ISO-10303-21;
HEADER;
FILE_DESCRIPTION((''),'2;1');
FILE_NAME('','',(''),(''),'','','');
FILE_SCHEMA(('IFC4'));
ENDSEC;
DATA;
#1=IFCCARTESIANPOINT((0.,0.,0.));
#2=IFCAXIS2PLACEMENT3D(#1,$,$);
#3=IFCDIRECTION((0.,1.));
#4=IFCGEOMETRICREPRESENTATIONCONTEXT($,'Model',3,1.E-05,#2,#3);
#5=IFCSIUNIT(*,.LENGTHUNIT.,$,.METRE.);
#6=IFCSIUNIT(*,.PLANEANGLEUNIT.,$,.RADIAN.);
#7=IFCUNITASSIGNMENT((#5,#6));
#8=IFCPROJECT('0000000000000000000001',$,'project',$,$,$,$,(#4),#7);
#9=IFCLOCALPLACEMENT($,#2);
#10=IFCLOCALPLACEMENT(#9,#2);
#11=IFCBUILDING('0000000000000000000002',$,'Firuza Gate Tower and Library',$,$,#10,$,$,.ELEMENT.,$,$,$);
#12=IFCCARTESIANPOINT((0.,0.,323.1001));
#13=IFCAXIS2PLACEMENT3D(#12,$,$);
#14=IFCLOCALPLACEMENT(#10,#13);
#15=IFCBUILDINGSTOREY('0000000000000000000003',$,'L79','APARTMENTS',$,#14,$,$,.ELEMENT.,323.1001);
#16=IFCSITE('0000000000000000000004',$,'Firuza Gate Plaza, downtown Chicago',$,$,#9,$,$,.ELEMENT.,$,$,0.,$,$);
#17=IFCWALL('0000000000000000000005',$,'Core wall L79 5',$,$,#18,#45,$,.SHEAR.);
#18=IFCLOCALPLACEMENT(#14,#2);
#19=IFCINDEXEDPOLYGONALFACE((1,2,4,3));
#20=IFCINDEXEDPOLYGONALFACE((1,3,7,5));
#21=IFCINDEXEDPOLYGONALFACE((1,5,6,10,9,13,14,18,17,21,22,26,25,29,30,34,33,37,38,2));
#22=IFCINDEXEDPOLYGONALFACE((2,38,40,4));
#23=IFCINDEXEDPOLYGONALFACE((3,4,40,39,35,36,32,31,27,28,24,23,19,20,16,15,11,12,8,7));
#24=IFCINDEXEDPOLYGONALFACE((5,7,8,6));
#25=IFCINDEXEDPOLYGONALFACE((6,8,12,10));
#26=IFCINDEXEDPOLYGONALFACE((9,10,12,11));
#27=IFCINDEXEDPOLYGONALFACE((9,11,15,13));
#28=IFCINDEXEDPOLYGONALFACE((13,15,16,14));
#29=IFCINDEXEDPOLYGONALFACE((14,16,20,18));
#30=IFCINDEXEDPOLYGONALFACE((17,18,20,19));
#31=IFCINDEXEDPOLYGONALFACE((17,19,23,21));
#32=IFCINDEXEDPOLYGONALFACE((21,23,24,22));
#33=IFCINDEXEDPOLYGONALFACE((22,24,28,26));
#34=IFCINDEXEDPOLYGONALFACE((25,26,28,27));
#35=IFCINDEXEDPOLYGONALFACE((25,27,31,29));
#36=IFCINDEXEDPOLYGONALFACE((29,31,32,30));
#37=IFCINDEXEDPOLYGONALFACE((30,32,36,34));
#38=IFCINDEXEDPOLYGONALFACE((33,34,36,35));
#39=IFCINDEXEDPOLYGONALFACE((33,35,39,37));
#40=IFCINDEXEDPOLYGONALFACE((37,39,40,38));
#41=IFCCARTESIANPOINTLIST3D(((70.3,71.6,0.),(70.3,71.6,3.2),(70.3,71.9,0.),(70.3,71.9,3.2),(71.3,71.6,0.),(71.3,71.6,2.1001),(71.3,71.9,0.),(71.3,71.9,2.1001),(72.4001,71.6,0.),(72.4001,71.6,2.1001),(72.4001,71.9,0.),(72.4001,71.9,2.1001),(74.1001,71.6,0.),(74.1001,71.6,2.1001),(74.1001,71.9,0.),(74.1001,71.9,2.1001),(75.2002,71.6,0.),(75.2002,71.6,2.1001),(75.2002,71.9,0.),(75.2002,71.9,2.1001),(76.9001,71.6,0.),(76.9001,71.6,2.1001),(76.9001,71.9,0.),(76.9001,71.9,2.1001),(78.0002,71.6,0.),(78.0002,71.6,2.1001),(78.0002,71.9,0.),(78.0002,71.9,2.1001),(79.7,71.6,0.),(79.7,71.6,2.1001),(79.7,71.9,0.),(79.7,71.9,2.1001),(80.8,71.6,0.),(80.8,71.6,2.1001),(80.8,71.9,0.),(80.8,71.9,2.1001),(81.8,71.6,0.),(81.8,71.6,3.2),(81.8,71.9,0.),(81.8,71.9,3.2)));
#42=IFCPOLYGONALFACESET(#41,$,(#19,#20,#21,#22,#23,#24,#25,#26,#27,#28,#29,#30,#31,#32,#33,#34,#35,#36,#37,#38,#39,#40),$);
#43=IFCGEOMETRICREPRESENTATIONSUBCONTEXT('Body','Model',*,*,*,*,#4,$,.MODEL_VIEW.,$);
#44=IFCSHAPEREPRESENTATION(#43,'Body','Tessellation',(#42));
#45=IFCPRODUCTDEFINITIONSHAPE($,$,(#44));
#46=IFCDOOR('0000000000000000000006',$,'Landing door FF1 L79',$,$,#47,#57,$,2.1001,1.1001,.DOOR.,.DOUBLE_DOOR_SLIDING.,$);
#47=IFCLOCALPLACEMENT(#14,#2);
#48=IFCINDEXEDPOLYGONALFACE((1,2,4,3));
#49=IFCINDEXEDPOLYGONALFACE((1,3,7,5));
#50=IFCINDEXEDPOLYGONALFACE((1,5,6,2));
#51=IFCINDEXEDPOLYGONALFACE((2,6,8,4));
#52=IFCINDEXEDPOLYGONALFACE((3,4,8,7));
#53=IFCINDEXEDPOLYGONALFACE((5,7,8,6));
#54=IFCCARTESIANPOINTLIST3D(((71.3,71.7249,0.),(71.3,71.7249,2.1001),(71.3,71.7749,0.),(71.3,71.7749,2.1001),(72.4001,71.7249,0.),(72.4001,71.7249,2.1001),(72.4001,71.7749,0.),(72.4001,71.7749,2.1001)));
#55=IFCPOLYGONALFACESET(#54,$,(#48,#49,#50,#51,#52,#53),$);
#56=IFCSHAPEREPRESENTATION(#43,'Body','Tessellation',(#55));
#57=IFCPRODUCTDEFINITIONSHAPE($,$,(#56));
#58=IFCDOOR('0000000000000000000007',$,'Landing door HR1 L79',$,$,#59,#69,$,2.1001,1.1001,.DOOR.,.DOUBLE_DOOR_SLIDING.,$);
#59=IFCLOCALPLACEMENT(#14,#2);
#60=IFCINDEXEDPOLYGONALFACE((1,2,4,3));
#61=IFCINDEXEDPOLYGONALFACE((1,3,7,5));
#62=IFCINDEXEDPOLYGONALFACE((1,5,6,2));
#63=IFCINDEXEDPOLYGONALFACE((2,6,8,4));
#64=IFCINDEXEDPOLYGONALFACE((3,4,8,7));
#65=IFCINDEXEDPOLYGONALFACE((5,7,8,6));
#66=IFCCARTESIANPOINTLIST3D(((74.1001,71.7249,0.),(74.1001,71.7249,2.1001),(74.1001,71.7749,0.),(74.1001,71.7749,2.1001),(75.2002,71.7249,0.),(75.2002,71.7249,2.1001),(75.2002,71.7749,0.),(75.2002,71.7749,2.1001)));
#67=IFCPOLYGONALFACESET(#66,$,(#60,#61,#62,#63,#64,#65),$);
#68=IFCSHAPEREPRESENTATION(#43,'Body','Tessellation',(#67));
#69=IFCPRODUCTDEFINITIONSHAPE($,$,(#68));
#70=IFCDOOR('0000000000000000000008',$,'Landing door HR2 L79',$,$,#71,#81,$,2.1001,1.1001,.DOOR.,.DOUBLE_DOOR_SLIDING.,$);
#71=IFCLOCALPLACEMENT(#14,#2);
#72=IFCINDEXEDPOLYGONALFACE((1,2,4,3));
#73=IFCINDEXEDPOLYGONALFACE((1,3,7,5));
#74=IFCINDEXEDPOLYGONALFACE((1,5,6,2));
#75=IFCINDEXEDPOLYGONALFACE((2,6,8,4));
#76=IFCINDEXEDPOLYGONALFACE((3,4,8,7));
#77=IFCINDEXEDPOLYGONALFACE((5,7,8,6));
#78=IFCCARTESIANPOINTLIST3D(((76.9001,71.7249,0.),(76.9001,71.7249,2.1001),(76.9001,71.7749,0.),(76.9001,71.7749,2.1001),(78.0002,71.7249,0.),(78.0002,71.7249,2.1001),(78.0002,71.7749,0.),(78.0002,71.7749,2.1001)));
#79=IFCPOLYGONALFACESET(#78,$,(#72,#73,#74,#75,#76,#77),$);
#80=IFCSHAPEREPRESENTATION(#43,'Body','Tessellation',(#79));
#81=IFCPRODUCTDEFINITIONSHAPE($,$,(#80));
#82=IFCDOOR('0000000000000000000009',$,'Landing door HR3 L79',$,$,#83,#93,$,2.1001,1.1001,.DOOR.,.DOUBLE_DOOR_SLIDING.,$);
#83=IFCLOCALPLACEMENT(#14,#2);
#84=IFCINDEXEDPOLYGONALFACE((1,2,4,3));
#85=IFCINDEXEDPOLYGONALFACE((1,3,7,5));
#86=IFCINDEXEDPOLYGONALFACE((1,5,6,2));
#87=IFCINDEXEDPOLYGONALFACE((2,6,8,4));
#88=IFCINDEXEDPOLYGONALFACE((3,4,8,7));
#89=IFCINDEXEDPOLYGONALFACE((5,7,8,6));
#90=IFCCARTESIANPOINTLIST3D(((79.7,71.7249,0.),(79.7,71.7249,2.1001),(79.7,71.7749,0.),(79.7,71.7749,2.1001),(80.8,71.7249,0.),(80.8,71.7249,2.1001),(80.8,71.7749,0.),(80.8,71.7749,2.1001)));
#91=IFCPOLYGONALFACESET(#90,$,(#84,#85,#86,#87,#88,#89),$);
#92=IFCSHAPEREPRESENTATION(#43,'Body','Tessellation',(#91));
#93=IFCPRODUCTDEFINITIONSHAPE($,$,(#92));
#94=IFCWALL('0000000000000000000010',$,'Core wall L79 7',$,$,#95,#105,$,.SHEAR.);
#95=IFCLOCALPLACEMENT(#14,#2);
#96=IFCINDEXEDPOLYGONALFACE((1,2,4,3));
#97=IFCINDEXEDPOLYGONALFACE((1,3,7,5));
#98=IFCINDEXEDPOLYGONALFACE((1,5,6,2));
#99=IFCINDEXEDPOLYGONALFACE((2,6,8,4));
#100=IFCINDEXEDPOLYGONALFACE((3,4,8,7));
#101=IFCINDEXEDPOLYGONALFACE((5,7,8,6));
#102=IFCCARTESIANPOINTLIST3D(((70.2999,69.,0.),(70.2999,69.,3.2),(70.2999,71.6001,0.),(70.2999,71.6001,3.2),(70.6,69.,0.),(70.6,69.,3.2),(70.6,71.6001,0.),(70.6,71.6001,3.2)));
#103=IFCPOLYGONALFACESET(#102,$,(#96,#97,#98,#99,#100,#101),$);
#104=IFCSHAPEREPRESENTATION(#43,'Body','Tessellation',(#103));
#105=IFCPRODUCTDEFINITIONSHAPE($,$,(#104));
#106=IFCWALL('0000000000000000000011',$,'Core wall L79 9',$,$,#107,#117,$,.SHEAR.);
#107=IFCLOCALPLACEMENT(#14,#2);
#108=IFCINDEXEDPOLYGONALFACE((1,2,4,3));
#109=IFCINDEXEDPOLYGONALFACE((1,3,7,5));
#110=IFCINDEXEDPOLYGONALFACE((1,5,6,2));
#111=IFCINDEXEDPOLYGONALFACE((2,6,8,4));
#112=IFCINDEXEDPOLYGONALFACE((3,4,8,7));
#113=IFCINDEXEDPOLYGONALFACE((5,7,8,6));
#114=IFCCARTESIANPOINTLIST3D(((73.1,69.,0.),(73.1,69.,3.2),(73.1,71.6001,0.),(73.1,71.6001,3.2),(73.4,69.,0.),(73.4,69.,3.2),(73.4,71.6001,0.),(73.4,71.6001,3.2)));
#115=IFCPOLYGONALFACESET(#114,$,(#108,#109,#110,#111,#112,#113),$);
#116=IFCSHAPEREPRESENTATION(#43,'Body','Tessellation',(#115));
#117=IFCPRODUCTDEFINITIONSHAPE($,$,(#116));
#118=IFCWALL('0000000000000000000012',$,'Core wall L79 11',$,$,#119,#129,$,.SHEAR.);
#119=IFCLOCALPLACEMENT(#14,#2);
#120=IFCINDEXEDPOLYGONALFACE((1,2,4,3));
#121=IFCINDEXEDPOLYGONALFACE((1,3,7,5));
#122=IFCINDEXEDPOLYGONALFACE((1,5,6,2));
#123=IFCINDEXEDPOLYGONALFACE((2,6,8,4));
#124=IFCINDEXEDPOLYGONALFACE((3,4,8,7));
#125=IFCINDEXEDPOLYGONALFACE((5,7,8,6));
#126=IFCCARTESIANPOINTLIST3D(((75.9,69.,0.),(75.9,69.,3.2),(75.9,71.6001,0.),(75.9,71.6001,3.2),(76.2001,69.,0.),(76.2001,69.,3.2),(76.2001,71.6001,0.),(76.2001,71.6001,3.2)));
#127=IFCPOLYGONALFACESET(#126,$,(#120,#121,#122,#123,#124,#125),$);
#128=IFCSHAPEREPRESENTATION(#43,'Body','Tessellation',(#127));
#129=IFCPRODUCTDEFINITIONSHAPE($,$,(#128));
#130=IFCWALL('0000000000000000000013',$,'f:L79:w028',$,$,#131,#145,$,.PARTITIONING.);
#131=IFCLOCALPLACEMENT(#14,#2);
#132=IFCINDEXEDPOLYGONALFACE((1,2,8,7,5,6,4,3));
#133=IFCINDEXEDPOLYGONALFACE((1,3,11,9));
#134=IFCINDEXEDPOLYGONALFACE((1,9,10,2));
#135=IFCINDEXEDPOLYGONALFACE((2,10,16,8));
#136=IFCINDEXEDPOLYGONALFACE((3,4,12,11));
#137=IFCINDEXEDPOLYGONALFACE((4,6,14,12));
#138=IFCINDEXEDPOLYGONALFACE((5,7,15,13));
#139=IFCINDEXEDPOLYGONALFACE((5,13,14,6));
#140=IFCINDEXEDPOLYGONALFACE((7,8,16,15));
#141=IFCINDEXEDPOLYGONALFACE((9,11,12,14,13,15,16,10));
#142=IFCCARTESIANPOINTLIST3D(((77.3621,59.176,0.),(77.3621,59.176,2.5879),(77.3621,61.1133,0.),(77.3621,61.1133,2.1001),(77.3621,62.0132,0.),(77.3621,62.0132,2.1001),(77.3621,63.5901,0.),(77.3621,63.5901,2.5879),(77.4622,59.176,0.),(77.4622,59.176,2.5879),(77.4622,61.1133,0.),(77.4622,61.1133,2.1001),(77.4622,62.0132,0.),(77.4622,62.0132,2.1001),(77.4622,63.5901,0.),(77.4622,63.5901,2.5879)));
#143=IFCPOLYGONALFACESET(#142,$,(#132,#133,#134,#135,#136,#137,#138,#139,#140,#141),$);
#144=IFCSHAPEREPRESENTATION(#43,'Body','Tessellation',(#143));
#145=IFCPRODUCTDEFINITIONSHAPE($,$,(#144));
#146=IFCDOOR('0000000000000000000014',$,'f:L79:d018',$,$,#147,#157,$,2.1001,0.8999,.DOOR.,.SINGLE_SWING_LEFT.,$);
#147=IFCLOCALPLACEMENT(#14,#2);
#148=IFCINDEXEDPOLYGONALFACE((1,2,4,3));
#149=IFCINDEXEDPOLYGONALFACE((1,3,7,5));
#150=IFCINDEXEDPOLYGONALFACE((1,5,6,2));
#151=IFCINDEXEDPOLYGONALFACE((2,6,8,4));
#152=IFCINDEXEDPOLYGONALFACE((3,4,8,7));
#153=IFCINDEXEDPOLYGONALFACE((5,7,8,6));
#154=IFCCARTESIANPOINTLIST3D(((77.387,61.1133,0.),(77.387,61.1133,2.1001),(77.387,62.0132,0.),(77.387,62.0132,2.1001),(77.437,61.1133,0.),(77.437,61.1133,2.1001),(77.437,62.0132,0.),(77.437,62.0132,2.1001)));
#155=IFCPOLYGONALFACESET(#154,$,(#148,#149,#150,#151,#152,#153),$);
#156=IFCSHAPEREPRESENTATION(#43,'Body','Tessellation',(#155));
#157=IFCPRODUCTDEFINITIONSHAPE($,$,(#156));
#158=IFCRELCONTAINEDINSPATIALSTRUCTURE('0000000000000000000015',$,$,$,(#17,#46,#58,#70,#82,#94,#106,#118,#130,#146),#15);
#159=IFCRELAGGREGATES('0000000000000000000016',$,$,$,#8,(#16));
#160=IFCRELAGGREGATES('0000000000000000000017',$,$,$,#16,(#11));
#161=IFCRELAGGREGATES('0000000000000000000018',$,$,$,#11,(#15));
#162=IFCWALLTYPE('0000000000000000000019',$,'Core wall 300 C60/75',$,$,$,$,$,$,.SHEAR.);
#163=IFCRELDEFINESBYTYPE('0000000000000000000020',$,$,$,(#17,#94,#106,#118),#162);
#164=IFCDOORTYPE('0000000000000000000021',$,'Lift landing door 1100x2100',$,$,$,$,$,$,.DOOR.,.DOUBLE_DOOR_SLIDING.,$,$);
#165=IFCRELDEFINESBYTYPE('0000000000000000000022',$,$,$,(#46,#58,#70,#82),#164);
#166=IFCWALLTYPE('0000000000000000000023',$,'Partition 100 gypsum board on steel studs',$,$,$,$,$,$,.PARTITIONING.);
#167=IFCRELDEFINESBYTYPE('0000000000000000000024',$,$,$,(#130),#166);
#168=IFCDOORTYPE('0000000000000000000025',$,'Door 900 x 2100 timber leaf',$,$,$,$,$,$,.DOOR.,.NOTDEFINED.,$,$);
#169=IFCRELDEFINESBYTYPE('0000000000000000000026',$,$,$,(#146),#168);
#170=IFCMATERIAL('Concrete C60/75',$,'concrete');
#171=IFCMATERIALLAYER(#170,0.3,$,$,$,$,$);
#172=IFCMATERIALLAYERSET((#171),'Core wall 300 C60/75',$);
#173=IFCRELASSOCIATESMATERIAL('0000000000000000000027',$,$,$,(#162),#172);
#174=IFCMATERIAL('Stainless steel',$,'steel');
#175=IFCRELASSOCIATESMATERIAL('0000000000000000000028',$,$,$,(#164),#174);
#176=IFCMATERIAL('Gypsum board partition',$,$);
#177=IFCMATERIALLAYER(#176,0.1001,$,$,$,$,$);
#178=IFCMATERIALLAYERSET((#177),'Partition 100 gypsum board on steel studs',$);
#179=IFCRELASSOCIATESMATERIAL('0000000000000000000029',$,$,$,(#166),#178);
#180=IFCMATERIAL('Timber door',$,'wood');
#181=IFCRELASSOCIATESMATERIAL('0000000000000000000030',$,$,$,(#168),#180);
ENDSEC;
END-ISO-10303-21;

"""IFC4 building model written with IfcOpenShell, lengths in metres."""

from ifc_helpers import new_model, si_unit, direction, frame, frame_2d, origin, place, context, subcontext, project, spatial, rectangle, extrude, material, layer, layer_set, type_object, element, fill, save


model = new_model("IFC4")

# Units and contexts
model_context = context("Model", 3, precision=1e-05, world=origin(), true_north=direction((0.0, 1.0)))
body_context = subcontext(model_context, "Body", "Model", "MODEL_VIEW")
ifc_project = project(units=[si_unit("LENGTHUNIT", "METRE"), si_unit("PLANEANGLEUNIT", "RADIAN")], contexts=[model_context])

# Site, building, storey
site_placement = place(None, origin())
site = spatial("IfcSite", under=ifc_project, at=site_placement, Name="Firuza Gate Plaza, downtown Chicago", CompositionType="ELEMENT", RefElevation=0.0)
building_placement = place(site_placement, origin())
building = spatial("IfcBuilding", under=site, at=building_placement, Name="Firuza Gate Tower and Library", CompositionType="ELEMENT")
storey_placement = place(building_placement, frame((0.0, 0.0, 323.1001)))
storey = spatial("IfcBuildingStorey", under=building, at=storey_placement, Name="L79", Description="APARTMENTS", CompositionType="ELEMENT", Elevation=323.1001)

# Wall, openings, doors
ifc_material_1 = material(Name="Concrete C60/75", Category="concrete")
ifc_layer_1 = layer(ifc_material_1, 0.3)
ifc_layer_set_1 = layer_set([ifc_layer_1], Name="Core wall 300 C60/75")
wall_type_1 = type_object("IfcWallType", Name="Core wall 300 C60/75", PredefinedType="SHEAR", material=ifc_layer_set_1)
wall_1_placement = place(storey_placement, frame((70.3, 71.75, 0.0), z_axis=(0.0, 0.0, 1.0), x_axis=(1.0, 0.0, 0.0)))
wall_1 = element("IfcWall", 1, at=wall_1_placement, inside=storey, type_object=wall_type_1, Name="Core wall L79 5", PredefinedType="SHEAR", context=body_context, shape_type="SweptSolid", body=[
    extrude(rectangle(XDim=11.5, YDim=0.3, at=frame_2d((5.75, 0.0))), origin(), (0.0, 0.0, 1.0), 3.2),
])
opening_1_placement = place(wall_1_placement, frame((1.0, 0.0, 0.0)))
opening_1 = element("IfcOpeningElement", 2, at=opening_1_placement, cuts=wall_1, PredefinedType="OPENING", context=body_context, shape_type="SweptSolid", body=[
    extrude(rectangle(XDim=1.1001, YDim=2.1001, at=frame_2d((0.55, 1.05))), frame((0.0, 0.1602, 0.0), z_axis=(0.0, -1.0, 0.0), x_axis=(1.0, 0.0, 0.0)), (0.0, 0.0, 1.0), 0.3201),
])
opening_2_placement = place(wall_1_placement, frame((3.8, 0.0, 0.0)))
opening_2 = element("IfcOpeningElement", 3, at=opening_2_placement, cuts=wall_1, PredefinedType="OPENING", context=body_context, shape_type="SweptSolid", body=[
    extrude(rectangle(XDim=1.1001, YDim=2.1001, at=frame_2d((0.55, 1.05))), frame((0.0, 0.1602, 0.0), z_axis=(0.0, -1.0, 0.0), x_axis=(1.0, 0.0, 0.0)), (0.0, 0.0, 1.0), 0.3201),
])
opening_3_placement = place(wall_1_placement, frame((6.6001, 0.0, 0.0)))
opening_3 = element("IfcOpeningElement", 4, at=opening_3_placement, cuts=wall_1, PredefinedType="OPENING", context=body_context, shape_type="SweptSolid", body=[
    extrude(rectangle(XDim=1.1001, YDim=2.1001, at=frame_2d((0.55, 1.05))), frame((0.0, 0.1602, 0.0), z_axis=(0.0, -1.0, 0.0), x_axis=(1.0, 0.0, 0.0)), (0.0, 0.0, 1.0), 0.3201),
])
opening_4_placement = place(wall_1_placement, frame((9.3999, 0.0, 0.0)))
opening_4 = element("IfcOpeningElement", 5, at=opening_4_placement, cuts=wall_1, PredefinedType="OPENING", context=body_context, shape_type="SweptSolid", body=[
    extrude(rectangle(XDim=1.1001, YDim=2.1001, at=frame_2d((0.55, 1.05))), frame((0.0, 0.1602, 0.0), z_axis=(0.0, -1.0, 0.0), x_axis=(1.0, 0.0, 0.0)), (0.0, 0.0, 1.0), 0.3201),
])
ifc_material_2 = material(Name="Stainless steel", Category="steel")
door_type_1 = type_object("IfcDoorType", Name="Lift landing door 1100x2100", OperationType="DOUBLE_DOOR_SLIDING", PredefinedType="DOOR", material=ifc_material_2)
door_1_placement = place(opening_1_placement, origin())
door_1 = element("IfcDoor", 6, at=door_1_placement, inside=storey, type_object=door_type_1, Name="Landing door FF1 L79", OperationType="DOUBLE_DOOR_SLIDING", OverallHeight=2.1001, OverallWidth=1.1001, PredefinedType="DOOR", context=body_context, shape_type="SweptSolid", body=[
    extrude(rectangle(XDim=1.1001, YDim=2.1001, at=frame_2d((0.55, 1.05))), frame((0.0, 0.0249, 0.0), z_axis=(0.0, -1.0, 0.0), x_axis=(1.0, 0.0, 0.0)), (0.0, 0.0, 1.0), 0.05),
])
fill(opening_1, door_1)
door_2_placement = place(opening_2_placement, origin())
door_2 = element("IfcDoor", 7, at=door_2_placement, inside=storey, type_object=door_type_1, Name="Landing door HR1 L79", OperationType="DOUBLE_DOOR_SLIDING", OverallHeight=2.1001, OverallWidth=1.1001, PredefinedType="DOOR", context=body_context, shape_type="SweptSolid", body=[
    extrude(rectangle(XDim=1.1001, YDim=2.1001, at=frame_2d((0.55, 1.05))), frame((0.0, 0.0249, 0.0), z_axis=(0.0, -1.0, 0.0), x_axis=(1.0, 0.0, 0.0)), (0.0, 0.0, 1.0), 0.05),
])
fill(opening_2, door_2)
door_3_placement = place(opening_3_placement, origin())
door_3 = element("IfcDoor", 8, at=door_3_placement, inside=storey, type_object=door_type_1, Name="Landing door HR2 L79", OperationType="DOUBLE_DOOR_SLIDING", OverallHeight=2.1001, OverallWidth=1.1001, PredefinedType="DOOR", context=body_context, shape_type="SweptSolid", body=[
    extrude(rectangle(XDim=1.1001, YDim=2.1001, at=frame_2d((0.55, 1.05))), frame((0.0, 0.0249, 0.0), z_axis=(0.0, -1.0, 0.0), x_axis=(1.0, 0.0, 0.0)), (0.0, 0.0, 1.0), 0.05),
])
fill(opening_3, door_3)
door_4_placement = place(opening_4_placement, origin())
door_4 = element("IfcDoor", 9, at=door_4_placement, inside=storey, type_object=door_type_1, Name="Landing door HR3 L79", OperationType="DOUBLE_DOOR_SLIDING", OverallHeight=2.1001, OverallWidth=1.1001, PredefinedType="DOOR", context=body_context, shape_type="SweptSolid", body=[
    extrude(rectangle(XDim=1.1001, YDim=2.1001, at=frame_2d((0.55, 1.05))), frame((0.0, 0.0249, 0.0), z_axis=(0.0, -1.0, 0.0), x_axis=(1.0, 0.0, 0.0)), (0.0, 0.0, 1.0), 0.05),
])
fill(opening_4, door_4)

# Walls
for number, where, z_axis, x_axis, name in (
    (10, (70.45, 69.0, 0.0), (0.0, 0.0, 1.0), (0.0, 1.0, 0.0), "Core wall L79 7"),
    (11, (73.25, 69.0, 0.0), (0.0, 0.0, 1.0), (0.0, 1.0, 0.0), "Core wall L79 9"),
    (12, (76.05, 69.0, 0.0), (0.0, 0.0, 1.0), (0.0, 1.0, 0.0), "Core wall L79 11"),
):
    element("IfcWall", number, at=place(storey_placement, frame(where, z_axis=z_axis, x_axis=x_axis)), inside=storey, type_object=wall_type_1, Name=name, PredefinedType="SHEAR", context=body_context, shape_type="SweptSolid", body=[
        extrude(rectangle(XDim=2.6001, YDim=0.3, at=frame_2d((1.3, 0.0))), origin(), (0.0, 0.0, 1.0), 3.2),
    ])

# Wall, opening, door
ifc_material_3 = material(Name="Gypsum board partition")
ifc_layer_2 = layer(ifc_material_3, 0.1001)
ifc_layer_set_2 = layer_set([ifc_layer_2], Name="Partition 100 gypsum board on steel studs")
wall_type_2 = type_object("IfcWallType", Name="Partition 100 gypsum board on steel studs", PredefinedType="PARTITIONING", material=ifc_layer_set_2)
wall_2_placement = place(storey_placement, frame((77.4121, 63.5901, 0.0), z_axis=(0.0, 0.0, 1.0), x_axis=(0.0, -1.0, 0.0)))
wall_2 = element("IfcWall", 13, at=wall_2_placement, inside=storey, type_object=wall_type_2, Name="f:L79:w028", PredefinedType="PARTITIONING", context=body_context, shape_type="SweptSolid", body=[
    extrude(rectangle(XDim=4.4141, YDim=0.1001, at=frame_2d((2.207, 0.0))), origin(), (0.0, 0.0, 1.0), 2.5879),
])
opening_5_placement = place(wall_2_placement, frame((1.5769, 0.0, 0.0)))
opening_5 = element("IfcOpeningElement", 14, at=opening_5_placement, cuts=wall_2, PredefinedType="OPENING", context=body_context, shape_type="SweptSolid", body=[
    extrude(rectangle(XDim=0.8999, YDim=2.1001, at=frame_2d((0.45, 1.05))), frame((0.0, 0.0601, 0.0), z_axis=(0.0, -1.0, 0.0), x_axis=(1.0, 0.0, 0.0)), (0.0, 0.0, 1.0), 0.1201),
])
ifc_material_4 = material(Name="Timber door", Category="wood")
door_type_2 = type_object("IfcDoorType", Name="Door 900 x 2100 timber leaf", OperationType="NOTDEFINED", PredefinedType="DOOR", material=ifc_material_4)
door_5_placement = place(opening_5_placement, origin())
door_5 = element("IfcDoor", 15, at=door_5_placement, inside=storey, type_object=door_type_2, Name="f:L79:d018", OperationType="SINGLE_SWING_LEFT", OverallHeight=2.1001, OverallWidth=0.8999, PredefinedType="DOOR", context=body_context, shape_type="SweptSolid", body=[
    extrude(rectangle(XDim=0.8999, YDim=2.1001, at=frame_2d((0.45, 1.05))), frame((0.0, 0.0249, 0.0), z_axis=(0.0, -1.0, 0.0), x_axis=(1.0, 0.0, 0.0)), (0.0, 0.0, 1.0), 0.05),
])
fill(opening_5, door_5)

save(model, "model.ifc")
